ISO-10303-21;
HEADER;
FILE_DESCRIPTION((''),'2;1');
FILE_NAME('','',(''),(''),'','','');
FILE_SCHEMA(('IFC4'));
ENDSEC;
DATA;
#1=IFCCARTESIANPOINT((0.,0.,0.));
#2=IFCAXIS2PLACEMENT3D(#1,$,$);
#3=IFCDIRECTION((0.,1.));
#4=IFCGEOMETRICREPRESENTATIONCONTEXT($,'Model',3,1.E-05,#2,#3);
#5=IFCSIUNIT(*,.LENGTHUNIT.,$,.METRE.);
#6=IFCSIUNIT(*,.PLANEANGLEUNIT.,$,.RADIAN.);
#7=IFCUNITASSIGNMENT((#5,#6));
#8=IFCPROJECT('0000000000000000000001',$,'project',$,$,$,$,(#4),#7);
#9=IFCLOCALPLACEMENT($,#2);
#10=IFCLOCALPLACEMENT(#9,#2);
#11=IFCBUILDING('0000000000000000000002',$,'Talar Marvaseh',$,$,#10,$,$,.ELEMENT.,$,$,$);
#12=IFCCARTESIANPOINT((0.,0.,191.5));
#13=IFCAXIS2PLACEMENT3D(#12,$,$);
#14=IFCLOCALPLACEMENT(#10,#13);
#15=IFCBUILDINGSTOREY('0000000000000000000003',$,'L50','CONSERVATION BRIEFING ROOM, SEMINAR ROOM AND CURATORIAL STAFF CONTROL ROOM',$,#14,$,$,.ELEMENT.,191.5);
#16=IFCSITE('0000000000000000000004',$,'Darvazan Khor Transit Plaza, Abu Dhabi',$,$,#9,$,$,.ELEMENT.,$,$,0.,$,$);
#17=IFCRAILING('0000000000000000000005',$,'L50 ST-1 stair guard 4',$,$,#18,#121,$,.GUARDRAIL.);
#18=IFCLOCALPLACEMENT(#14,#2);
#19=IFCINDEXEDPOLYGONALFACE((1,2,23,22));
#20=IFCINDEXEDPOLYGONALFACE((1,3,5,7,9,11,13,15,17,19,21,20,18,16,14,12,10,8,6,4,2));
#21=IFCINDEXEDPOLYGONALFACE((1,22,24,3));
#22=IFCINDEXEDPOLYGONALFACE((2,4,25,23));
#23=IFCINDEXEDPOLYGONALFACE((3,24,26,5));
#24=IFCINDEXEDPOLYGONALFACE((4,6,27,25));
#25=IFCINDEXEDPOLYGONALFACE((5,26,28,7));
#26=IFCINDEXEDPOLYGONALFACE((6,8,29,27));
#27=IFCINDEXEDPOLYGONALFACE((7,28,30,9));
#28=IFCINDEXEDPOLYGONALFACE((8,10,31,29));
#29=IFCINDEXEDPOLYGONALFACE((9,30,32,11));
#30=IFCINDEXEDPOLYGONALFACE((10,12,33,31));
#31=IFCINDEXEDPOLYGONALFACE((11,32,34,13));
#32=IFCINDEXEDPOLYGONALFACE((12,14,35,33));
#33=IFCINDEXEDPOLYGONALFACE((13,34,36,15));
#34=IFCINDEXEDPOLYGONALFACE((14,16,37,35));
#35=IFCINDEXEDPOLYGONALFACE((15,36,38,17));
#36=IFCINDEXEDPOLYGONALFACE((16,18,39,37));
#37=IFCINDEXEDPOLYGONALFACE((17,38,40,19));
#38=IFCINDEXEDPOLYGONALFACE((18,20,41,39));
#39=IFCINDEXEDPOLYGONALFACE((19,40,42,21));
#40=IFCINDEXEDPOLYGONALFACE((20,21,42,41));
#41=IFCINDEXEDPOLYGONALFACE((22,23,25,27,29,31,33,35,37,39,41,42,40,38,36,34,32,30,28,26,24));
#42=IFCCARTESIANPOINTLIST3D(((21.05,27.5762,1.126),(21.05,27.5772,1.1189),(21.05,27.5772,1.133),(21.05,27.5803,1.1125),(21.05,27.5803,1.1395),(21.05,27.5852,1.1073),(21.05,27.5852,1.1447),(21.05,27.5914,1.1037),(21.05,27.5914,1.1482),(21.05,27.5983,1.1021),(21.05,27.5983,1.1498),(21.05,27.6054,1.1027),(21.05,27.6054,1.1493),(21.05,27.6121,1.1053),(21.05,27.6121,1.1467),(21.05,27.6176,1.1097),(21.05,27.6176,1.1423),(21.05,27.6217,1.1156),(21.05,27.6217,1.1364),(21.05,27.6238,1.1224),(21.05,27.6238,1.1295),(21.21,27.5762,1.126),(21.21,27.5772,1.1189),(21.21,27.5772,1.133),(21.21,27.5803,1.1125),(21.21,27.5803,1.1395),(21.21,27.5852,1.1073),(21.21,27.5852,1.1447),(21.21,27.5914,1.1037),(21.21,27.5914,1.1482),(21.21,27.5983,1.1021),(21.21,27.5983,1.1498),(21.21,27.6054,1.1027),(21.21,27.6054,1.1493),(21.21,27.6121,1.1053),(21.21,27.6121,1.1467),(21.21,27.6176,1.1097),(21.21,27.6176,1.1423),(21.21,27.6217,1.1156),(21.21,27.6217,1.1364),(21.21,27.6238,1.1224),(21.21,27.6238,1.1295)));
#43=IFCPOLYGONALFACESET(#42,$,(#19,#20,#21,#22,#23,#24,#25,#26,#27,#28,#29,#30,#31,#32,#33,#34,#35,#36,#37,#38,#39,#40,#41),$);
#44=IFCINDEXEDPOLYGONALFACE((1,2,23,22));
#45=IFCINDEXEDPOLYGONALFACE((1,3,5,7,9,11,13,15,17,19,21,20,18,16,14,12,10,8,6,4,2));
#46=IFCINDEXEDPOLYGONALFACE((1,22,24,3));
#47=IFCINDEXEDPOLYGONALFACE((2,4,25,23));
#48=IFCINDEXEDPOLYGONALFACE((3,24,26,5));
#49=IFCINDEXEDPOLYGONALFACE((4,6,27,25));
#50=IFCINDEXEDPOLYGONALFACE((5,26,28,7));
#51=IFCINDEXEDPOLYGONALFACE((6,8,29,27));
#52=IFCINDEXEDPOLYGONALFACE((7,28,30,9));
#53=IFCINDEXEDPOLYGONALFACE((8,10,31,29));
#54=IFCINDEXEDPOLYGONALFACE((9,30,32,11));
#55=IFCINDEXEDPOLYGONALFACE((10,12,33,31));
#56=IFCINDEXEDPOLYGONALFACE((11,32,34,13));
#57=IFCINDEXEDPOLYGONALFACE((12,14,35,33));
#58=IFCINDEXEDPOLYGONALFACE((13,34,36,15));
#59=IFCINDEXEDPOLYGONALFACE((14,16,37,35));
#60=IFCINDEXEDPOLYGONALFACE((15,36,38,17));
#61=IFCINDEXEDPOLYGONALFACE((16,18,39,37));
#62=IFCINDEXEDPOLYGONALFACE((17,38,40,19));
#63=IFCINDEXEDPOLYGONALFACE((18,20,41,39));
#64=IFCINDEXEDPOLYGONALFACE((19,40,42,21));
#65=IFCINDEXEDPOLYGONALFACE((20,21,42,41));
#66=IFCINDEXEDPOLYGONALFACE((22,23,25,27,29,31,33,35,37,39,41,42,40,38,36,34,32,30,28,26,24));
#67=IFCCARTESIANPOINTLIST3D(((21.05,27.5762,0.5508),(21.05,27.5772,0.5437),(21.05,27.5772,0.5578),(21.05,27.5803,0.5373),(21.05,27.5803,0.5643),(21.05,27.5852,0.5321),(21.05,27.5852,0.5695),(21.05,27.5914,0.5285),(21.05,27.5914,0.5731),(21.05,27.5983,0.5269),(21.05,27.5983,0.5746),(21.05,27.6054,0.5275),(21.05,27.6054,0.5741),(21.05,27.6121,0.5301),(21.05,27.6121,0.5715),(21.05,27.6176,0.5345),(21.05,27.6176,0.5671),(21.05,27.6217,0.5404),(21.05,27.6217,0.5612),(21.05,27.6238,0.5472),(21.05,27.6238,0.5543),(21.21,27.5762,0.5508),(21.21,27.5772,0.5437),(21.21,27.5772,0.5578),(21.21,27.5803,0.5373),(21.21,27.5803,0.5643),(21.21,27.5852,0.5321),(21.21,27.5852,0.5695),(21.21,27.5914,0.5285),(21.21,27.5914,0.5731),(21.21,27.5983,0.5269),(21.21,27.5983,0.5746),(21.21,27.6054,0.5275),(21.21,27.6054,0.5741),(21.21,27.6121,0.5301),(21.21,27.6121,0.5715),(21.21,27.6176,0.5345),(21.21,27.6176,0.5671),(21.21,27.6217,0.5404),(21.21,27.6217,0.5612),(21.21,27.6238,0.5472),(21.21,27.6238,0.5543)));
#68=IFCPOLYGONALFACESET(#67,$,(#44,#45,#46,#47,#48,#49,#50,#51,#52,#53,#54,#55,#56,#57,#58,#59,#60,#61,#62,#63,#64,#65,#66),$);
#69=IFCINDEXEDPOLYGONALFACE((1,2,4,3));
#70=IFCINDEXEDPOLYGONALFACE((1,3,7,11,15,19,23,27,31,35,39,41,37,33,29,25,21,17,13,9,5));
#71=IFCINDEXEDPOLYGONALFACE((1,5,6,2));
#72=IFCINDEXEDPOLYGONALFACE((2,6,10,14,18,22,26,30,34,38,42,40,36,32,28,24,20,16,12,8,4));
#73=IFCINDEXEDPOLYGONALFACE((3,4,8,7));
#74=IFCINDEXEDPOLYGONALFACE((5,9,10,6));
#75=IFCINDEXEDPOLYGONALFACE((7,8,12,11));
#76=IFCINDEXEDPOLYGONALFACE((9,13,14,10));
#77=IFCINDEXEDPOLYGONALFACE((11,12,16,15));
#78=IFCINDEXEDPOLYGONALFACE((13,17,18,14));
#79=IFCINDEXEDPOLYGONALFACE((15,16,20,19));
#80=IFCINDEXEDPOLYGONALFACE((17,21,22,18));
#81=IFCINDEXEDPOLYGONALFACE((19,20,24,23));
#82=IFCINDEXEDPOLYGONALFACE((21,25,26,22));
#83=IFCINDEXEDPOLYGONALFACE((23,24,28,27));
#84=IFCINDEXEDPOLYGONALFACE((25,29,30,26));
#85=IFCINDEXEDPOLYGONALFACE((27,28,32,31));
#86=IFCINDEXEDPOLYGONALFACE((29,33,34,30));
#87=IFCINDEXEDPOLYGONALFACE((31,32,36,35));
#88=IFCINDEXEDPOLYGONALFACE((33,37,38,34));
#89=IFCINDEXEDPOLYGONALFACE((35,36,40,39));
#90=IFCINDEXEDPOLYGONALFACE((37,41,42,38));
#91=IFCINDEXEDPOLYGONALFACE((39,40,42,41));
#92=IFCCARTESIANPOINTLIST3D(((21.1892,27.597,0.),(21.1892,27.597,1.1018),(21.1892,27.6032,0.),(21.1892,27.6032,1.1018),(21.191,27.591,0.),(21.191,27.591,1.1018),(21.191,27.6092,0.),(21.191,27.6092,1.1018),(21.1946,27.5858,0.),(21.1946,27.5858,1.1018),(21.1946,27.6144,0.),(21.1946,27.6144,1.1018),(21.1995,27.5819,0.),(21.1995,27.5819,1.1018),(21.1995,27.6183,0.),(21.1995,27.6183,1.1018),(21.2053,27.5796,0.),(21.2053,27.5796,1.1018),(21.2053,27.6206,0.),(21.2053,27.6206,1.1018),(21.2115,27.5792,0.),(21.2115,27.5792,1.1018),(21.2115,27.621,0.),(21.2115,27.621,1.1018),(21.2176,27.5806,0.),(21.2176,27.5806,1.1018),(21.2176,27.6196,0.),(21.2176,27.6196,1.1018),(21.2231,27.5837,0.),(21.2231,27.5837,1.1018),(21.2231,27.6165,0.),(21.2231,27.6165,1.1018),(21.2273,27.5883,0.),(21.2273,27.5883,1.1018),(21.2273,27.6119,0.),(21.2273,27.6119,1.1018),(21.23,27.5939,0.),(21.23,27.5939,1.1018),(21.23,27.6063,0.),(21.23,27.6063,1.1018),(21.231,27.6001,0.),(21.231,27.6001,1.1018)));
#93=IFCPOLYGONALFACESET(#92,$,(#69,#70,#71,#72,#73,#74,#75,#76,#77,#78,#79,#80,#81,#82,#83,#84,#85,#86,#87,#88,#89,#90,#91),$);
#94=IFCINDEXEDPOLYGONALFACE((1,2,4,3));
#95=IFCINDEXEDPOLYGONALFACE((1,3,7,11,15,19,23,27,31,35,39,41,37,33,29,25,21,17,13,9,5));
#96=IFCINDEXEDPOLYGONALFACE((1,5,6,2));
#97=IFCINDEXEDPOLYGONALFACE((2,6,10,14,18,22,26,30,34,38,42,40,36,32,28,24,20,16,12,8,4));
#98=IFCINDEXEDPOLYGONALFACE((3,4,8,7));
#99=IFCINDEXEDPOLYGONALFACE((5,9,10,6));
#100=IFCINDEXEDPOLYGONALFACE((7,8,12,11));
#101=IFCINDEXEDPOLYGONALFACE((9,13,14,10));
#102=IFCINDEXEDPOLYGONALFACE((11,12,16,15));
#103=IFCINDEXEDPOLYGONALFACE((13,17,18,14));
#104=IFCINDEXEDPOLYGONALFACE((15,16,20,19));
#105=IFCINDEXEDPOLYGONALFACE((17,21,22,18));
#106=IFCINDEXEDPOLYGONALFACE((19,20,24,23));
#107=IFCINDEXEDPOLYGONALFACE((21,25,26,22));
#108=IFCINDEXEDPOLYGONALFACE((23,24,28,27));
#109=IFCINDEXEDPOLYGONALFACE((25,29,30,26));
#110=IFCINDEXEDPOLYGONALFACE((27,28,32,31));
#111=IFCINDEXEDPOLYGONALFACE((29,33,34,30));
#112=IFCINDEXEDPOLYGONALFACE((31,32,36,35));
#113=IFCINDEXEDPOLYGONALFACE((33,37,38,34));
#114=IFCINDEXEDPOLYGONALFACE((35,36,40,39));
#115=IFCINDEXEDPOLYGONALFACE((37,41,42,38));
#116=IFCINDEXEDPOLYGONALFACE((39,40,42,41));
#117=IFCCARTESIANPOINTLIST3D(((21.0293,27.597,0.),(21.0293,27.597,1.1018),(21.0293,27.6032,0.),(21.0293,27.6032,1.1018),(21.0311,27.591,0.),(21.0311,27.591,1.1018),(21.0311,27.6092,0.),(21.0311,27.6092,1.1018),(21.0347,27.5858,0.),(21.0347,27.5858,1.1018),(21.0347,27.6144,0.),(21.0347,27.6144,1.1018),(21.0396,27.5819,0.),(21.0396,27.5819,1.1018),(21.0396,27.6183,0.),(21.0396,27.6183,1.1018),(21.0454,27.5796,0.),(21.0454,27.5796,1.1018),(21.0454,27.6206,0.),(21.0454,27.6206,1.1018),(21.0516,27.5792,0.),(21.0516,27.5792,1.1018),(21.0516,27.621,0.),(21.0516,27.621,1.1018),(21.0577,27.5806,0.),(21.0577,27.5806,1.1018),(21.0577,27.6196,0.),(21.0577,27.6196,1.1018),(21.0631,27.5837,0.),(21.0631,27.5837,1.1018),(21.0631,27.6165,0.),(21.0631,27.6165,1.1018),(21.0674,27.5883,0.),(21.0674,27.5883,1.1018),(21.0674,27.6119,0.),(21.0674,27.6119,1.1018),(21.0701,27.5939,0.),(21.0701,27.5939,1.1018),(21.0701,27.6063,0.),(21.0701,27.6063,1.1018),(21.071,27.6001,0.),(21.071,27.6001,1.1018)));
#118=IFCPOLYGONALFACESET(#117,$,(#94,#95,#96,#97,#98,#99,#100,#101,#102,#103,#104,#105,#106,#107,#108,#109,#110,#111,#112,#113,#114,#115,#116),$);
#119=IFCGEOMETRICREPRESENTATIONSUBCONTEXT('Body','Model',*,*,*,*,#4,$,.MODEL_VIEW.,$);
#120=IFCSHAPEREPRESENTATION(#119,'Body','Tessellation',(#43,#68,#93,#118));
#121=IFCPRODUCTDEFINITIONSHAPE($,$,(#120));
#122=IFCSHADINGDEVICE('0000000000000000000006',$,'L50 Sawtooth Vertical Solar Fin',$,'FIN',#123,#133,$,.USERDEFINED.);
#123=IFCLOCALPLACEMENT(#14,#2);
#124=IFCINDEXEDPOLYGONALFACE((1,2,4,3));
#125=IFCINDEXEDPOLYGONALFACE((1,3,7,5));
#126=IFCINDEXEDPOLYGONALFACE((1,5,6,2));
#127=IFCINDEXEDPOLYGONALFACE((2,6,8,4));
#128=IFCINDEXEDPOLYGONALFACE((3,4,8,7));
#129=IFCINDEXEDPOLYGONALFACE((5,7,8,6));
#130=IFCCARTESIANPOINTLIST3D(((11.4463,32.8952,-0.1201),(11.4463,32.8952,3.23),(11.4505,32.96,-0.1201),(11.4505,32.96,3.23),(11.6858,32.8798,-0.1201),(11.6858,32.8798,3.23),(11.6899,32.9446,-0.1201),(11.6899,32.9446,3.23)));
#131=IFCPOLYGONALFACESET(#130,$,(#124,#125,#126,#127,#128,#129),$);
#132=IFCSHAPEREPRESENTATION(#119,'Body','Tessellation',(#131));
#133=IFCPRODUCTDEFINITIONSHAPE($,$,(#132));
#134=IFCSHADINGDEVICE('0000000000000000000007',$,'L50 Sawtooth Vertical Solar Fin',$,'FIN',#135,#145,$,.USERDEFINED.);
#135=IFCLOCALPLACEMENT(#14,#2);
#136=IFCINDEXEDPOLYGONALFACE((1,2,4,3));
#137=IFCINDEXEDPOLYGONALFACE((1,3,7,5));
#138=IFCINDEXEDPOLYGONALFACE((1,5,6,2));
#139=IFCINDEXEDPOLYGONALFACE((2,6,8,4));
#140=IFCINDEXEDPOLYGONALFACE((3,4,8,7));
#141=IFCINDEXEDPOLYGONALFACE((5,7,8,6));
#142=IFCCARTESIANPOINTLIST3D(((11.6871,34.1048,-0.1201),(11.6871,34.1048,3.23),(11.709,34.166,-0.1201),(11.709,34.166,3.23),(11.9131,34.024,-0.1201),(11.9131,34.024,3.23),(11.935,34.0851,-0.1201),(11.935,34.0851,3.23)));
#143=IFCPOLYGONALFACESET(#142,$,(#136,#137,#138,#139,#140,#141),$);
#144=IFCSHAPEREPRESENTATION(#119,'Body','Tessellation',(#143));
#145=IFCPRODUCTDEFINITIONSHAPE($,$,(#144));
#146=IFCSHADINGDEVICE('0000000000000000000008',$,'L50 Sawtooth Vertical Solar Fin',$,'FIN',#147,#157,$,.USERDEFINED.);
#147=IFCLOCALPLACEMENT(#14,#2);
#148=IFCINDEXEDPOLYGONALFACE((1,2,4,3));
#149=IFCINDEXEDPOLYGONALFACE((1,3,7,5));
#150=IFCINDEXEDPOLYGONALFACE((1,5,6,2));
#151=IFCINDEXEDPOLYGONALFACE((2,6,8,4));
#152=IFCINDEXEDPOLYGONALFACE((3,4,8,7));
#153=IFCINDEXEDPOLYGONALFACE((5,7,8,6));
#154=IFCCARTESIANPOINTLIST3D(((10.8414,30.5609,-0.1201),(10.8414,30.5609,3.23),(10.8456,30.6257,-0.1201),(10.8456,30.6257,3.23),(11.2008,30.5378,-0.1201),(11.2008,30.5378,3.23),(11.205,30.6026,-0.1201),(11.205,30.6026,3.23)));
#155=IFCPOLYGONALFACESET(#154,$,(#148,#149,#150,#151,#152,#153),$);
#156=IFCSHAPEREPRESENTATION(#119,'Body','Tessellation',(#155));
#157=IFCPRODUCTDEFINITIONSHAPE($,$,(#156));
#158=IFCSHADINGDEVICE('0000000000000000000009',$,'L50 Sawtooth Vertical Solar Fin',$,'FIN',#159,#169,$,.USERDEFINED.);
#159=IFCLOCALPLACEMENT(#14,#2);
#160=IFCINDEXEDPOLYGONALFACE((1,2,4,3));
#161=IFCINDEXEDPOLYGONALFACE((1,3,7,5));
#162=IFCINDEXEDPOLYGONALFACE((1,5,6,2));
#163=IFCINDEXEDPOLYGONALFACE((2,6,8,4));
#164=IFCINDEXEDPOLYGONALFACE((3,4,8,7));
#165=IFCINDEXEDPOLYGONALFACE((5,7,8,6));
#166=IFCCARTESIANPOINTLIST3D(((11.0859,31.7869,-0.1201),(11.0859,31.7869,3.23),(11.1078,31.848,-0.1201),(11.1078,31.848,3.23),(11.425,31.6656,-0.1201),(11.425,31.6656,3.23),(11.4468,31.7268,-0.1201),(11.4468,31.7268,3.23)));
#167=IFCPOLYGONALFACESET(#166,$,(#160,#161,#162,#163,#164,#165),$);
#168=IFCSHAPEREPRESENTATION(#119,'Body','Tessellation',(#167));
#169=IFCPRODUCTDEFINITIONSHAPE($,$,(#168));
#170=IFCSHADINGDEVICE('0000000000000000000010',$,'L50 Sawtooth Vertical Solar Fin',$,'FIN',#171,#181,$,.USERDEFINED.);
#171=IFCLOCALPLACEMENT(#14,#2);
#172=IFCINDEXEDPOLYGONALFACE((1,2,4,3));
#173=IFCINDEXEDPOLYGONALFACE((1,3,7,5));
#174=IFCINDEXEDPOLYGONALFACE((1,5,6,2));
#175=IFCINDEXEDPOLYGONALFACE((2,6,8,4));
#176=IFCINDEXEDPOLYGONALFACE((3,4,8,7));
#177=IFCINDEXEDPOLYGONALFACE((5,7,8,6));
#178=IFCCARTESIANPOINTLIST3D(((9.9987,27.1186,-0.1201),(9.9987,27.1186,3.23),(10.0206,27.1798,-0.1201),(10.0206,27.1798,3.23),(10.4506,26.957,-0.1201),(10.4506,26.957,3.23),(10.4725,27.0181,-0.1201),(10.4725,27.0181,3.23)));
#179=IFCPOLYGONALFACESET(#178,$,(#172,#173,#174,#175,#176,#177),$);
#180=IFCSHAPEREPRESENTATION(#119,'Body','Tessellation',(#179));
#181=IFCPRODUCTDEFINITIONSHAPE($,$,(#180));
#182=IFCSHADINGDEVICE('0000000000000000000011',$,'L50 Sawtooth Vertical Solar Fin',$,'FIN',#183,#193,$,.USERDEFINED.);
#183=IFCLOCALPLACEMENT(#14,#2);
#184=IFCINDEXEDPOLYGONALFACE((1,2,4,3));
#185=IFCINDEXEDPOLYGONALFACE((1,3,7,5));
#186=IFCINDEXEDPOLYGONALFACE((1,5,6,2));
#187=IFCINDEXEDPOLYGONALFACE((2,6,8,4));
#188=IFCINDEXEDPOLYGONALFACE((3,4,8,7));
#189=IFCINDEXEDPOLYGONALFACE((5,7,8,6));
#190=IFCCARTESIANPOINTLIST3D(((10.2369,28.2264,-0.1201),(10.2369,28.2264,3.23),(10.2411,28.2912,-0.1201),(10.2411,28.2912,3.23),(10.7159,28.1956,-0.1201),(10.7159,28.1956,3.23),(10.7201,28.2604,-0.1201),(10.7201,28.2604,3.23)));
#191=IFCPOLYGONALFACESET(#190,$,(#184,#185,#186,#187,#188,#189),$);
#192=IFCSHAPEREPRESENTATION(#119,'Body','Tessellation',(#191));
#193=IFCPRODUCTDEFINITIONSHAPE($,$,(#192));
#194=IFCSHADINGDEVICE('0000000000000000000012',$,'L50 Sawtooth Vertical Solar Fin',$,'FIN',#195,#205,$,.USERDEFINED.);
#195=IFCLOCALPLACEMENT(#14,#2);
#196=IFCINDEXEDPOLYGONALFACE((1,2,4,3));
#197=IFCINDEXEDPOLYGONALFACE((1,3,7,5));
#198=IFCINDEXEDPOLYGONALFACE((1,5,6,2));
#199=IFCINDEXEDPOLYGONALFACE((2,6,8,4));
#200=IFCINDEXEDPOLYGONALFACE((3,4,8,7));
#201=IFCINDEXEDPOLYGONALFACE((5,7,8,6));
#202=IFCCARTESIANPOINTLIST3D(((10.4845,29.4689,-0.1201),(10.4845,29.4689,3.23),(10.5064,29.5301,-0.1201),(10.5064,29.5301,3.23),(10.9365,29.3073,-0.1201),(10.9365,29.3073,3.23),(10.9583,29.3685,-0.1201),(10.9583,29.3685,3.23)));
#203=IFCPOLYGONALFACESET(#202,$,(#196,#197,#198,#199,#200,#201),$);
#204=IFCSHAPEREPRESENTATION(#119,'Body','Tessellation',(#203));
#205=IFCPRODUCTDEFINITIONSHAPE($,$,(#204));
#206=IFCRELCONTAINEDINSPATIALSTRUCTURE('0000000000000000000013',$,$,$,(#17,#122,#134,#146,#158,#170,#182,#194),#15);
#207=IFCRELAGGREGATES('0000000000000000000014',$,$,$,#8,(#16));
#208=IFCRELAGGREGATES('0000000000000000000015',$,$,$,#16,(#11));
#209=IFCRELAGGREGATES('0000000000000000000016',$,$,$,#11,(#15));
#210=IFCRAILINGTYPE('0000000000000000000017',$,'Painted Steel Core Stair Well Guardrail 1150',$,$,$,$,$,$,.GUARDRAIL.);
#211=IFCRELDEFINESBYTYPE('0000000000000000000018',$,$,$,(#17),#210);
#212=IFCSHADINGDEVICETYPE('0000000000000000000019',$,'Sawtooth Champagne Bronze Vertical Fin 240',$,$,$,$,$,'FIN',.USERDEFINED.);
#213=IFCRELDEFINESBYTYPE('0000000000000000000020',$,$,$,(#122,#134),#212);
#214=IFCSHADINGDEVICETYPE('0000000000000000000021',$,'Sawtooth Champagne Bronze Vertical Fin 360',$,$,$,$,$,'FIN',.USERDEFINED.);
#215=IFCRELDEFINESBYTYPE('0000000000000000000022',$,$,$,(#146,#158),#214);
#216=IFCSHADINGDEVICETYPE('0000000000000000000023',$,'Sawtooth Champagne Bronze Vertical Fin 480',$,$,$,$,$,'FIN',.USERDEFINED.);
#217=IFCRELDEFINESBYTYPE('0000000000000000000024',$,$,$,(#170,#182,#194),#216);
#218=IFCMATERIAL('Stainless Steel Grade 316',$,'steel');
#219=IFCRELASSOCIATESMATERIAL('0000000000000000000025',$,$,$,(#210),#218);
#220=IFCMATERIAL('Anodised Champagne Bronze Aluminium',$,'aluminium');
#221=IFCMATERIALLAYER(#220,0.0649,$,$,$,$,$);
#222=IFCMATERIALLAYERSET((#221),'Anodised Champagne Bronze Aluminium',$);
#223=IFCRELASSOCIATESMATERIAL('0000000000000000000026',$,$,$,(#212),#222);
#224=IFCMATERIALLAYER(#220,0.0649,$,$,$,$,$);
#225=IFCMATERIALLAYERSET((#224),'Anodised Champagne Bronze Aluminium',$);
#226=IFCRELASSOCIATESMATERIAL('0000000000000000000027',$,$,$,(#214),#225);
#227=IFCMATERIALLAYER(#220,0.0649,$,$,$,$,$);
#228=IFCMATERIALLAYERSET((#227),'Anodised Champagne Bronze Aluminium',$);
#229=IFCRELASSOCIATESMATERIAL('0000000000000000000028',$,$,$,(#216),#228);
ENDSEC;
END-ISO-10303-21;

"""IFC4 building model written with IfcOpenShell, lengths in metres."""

from ifc_helpers import new_model, si_unit, direction, frame, origin, origin_2d, place, context, subcontext, project, spatial, rectangle, circle, extrude, source, transform, mapped, material, layer, layer_set, type_object, type_shapes, element, save


model = new_model("IFC4")

# Units and contexts
model_context = context("Model", 3, precision=1e-05, world=origin(), true_north=direction((0.0, 1.0)))
body_context = subcontext(model_context, "Body", "Model", "MODEL_VIEW")
ifc_project = project(units=[si_unit("LENGTHUNIT", "METRE"), si_unit("PLANEANGLEUNIT", "RADIAN")], contexts=[model_context])

# Site, building, storey
site_placement = place(None, origin())
site = spatial("IfcSite", under=ifc_project, at=site_placement, Name="Darvazan Khor Transit Plaza, Abu Dhabi", CompositionType="ELEMENT", RefElevation=0.0)
building_placement = place(site_placement, origin())
building = spatial("IfcBuilding", under=site, at=building_placement, Name="Talar Marvaseh", CompositionType="ELEMENT")
storey_placement = place(building_placement, frame((0.0, 0.0, 191.5)))
storey = spatial("IfcBuildingStorey", under=building, at=storey_placement, Name="L50", Description="CONSERVATION BRIEFING ROOM, SEMINAR ROOM AND CURATORIAL STAFF CONTROL ROOM", CompositionType="ELEMENT", Elevation=191.5)

# Railing
ifc_material_1 = material(Name="Stainless Steel Grade 316", Category="steel")
railing_type_1 = type_object("IfcRailingType", Name="Painted Steel Core Stair Well Guardrail 1150", PredefinedType="GUARDRAIL", material=ifc_material_1)
railing_1_placement = place(storey_placement, frame((21.21, 27.6001, 0.0)))
element("IfcRailing", 1, at=railing_1_placement, inside=storey, type_object=railing_type_1, Name="L50 ST-1 stair guard 4", PredefinedType="GUARDRAIL", context=body_context, shape_type="SweptSolid", body=[
    extrude(circle(Radius=0.0239, at=origin_2d()), frame((0.0, 0.0, 1.126), z_axis=(-1.0, 0.0, 0.0), x_axis=(0.0, -1.0, 0.0)), (0.0, 0.0, 1.0), 0.1599),
    extrude(circle(Radius=0.0239, at=origin_2d()), frame((0.0, 0.0, 0.5508), z_axis=(-1.0, 0.0, 0.0), x_axis=(0.0, -1.0, 0.0)), (0.0, 0.0, 1.0), 0.1599),
    extrude(circle(Radius=0.021, at=origin_2d()), origin(), (0.0, 0.0, 1.0), 1.1018),
    extrude(circle(Radius=0.021, at=origin_2d()), frame((-0.1599, 0.0, 0.0)), (0.0, 0.0, 1.0), 1.1018),
])

# Shading devices
ifc_material_2 = material(Name="Anodised Champagne Bronze Aluminium", Category="aluminium")
ifc_layer_1 = layer(ifc_material_2, 0.0649)
ifc_layer_set_1 = layer_set([ifc_layer_1], Name="Anodised Champagne Bronze Aluminium")
shading_device_type_1 = type_object("IfcShadingDeviceType", Name="Sawtooth Champagne Bronze Vertical Fin 240", ElementType="FIN", PredefinedType="USERDEFINED", material=ifc_layer_set_1)
shared_shape_1 = source(origin(), body_context, "Body", "SweptSolid", [
    extrude(rectangle(XDim=0.24, YDim=0.0649, at=origin_2d()), origin(), (0.0, 0.0, 1.0), 3.3501),
])
type_shapes(shading_device_type_1, [shared_shape_1])
for number, where, z_axis, x_axis, name in (
    (2, (11.5681, 32.9199, -0.1201), (0.0, 0.0, 1.0), (-0.997938, 0.064184, 0.0), "L50 Sawtooth Vertical Solar Fin"),
    (3, (11.811, 34.095, -0.1201), (0.0, 0.0, 1.0), (-0.941588, 0.336767, 0.0), "L50 Sawtooth Vertical Solar Fin"),
):
    element("IfcShadingDevice", number, at=place(storey_placement, frame(where, z_axis=z_axis, x_axis=x_axis)), inside=storey, type_object=shading_device_type_1, Name=name, ObjectType="FIN", PredefinedType="USERDEFINED", context=body_context, shape_type="MappedRepresentation", body=[
        mapped(shared_shape_1, transform((0.0, 0.0, 0.0), x_axis=(1.0, 0.0, 0.0), y_axis=(0.0, 1.0, 0.0), z_axis=(0.0, 0.0, 1.0), scale=1.0)),
    ])
ifc_layer_2 = layer(ifc_material_2, 0.0649)
ifc_layer_set_2 = layer_set([ifc_layer_2], Name="Anodised Champagne Bronze Aluminium")
shading_device_type_2 = type_object("IfcShadingDeviceType", Name="Sawtooth Champagne Bronze Vertical Fin 360", ElementType="FIN", PredefinedType="USERDEFINED", material=ifc_layer_set_2)
shared_shape_2 = source(origin(), body_context, "Body", "SweptSolid", [
    extrude(rectangle(XDim=0.3601, YDim=0.0649, at=origin_2d()), origin(), (0.0, 0.0, 1.0), 3.3501),
])
type_shapes(shading_device_type_2, [shared_shape_2])
for number, where, z_axis, x_axis, name in (
    (4, (11.0232, 30.5818, -0.1201), (0.0, 0.0, 1.0), (-0.997938, 0.064184, 0.0), "L50 Sawtooth Vertical Solar Fin"),
    (5, (11.2664, 31.7568, -0.1201), (0.0, 0.0, 1.0), (-0.941588, 0.336767, 0.0), "L50 Sawtooth Vertical Solar Fin"),
):
    element("IfcShadingDevice", number, at=place(storey_placement, frame(where, z_axis=z_axis, x_axis=x_axis)), inside=storey, type_object=shading_device_type_2, Name=name, ObjectType="FIN", PredefinedType="USERDEFINED", context=body_context, shape_type="MappedRepresentation", body=[
        mapped(shared_shape_2, transform((0.0, 0.0, 0.0), x_axis=(1.0, 0.0, 0.0), y_axis=(0.0, 1.0, 0.0), z_axis=(0.0, 0.0, 1.0), scale=1.0)),
    ])
ifc_layer_3 = layer(ifc_material_2, 0.0649)
ifc_layer_set_3 = layer_set([ifc_layer_3], Name="Anodised Champagne Bronze Aluminium")
shading_device_type_3 = type_object("IfcShadingDeviceType", Name="Sawtooth Champagne Bronze Vertical Fin 480", ElementType="FIN", PredefinedType="USERDEFINED", material=ifc_layer_set_3)
shared_shape_3 = source(origin(), body_context, "Body", "SweptSolid", [
    extrude(rectangle(XDim=0.48, YDim=0.0649, at=origin_2d()), origin(), (0.0, 0.0, 1.0), 3.3501),
])
type_shapes(shading_device_type_3, [shared_shape_3])
for number, where, z_axis, x_axis, name in (
    (6, (10.2356, 27.0684, -0.1201), (0.0, 0.0, 1.0), (-0.941588, 0.336767, 0.0), "L50 Sawtooth Vertical Solar Fin"),
    (7, (10.4785, 28.2434, -0.1201), (0.0, 0.0, 1.0), (-0.997938, 0.064184, 0.0), "L50 Sawtooth Vertical Solar Fin"),
    (8, (10.7214, 29.4187, -0.1201), (0.0, 0.0, 1.0), (-0.941588, 0.336767, 0.0), "L50 Sawtooth Vertical Solar Fin"),
):
    element("IfcShadingDevice", number, at=place(storey_placement, frame(where, z_axis=z_axis, x_axis=x_axis)), inside=storey, type_object=shading_device_type_3, Name=name, ObjectType="FIN", PredefinedType="USERDEFINED", context=body_context, shape_type="MappedRepresentation", body=[
        mapped(shared_shape_3, transform((0.0, 0.0, 0.0), x_axis=(1.0, 0.0, 0.0), y_axis=(0.0, 1.0, 0.0), z_axis=(0.0, 0.0, 1.0), scale=1.0)),
    ])

save(model, "model.ifc")
